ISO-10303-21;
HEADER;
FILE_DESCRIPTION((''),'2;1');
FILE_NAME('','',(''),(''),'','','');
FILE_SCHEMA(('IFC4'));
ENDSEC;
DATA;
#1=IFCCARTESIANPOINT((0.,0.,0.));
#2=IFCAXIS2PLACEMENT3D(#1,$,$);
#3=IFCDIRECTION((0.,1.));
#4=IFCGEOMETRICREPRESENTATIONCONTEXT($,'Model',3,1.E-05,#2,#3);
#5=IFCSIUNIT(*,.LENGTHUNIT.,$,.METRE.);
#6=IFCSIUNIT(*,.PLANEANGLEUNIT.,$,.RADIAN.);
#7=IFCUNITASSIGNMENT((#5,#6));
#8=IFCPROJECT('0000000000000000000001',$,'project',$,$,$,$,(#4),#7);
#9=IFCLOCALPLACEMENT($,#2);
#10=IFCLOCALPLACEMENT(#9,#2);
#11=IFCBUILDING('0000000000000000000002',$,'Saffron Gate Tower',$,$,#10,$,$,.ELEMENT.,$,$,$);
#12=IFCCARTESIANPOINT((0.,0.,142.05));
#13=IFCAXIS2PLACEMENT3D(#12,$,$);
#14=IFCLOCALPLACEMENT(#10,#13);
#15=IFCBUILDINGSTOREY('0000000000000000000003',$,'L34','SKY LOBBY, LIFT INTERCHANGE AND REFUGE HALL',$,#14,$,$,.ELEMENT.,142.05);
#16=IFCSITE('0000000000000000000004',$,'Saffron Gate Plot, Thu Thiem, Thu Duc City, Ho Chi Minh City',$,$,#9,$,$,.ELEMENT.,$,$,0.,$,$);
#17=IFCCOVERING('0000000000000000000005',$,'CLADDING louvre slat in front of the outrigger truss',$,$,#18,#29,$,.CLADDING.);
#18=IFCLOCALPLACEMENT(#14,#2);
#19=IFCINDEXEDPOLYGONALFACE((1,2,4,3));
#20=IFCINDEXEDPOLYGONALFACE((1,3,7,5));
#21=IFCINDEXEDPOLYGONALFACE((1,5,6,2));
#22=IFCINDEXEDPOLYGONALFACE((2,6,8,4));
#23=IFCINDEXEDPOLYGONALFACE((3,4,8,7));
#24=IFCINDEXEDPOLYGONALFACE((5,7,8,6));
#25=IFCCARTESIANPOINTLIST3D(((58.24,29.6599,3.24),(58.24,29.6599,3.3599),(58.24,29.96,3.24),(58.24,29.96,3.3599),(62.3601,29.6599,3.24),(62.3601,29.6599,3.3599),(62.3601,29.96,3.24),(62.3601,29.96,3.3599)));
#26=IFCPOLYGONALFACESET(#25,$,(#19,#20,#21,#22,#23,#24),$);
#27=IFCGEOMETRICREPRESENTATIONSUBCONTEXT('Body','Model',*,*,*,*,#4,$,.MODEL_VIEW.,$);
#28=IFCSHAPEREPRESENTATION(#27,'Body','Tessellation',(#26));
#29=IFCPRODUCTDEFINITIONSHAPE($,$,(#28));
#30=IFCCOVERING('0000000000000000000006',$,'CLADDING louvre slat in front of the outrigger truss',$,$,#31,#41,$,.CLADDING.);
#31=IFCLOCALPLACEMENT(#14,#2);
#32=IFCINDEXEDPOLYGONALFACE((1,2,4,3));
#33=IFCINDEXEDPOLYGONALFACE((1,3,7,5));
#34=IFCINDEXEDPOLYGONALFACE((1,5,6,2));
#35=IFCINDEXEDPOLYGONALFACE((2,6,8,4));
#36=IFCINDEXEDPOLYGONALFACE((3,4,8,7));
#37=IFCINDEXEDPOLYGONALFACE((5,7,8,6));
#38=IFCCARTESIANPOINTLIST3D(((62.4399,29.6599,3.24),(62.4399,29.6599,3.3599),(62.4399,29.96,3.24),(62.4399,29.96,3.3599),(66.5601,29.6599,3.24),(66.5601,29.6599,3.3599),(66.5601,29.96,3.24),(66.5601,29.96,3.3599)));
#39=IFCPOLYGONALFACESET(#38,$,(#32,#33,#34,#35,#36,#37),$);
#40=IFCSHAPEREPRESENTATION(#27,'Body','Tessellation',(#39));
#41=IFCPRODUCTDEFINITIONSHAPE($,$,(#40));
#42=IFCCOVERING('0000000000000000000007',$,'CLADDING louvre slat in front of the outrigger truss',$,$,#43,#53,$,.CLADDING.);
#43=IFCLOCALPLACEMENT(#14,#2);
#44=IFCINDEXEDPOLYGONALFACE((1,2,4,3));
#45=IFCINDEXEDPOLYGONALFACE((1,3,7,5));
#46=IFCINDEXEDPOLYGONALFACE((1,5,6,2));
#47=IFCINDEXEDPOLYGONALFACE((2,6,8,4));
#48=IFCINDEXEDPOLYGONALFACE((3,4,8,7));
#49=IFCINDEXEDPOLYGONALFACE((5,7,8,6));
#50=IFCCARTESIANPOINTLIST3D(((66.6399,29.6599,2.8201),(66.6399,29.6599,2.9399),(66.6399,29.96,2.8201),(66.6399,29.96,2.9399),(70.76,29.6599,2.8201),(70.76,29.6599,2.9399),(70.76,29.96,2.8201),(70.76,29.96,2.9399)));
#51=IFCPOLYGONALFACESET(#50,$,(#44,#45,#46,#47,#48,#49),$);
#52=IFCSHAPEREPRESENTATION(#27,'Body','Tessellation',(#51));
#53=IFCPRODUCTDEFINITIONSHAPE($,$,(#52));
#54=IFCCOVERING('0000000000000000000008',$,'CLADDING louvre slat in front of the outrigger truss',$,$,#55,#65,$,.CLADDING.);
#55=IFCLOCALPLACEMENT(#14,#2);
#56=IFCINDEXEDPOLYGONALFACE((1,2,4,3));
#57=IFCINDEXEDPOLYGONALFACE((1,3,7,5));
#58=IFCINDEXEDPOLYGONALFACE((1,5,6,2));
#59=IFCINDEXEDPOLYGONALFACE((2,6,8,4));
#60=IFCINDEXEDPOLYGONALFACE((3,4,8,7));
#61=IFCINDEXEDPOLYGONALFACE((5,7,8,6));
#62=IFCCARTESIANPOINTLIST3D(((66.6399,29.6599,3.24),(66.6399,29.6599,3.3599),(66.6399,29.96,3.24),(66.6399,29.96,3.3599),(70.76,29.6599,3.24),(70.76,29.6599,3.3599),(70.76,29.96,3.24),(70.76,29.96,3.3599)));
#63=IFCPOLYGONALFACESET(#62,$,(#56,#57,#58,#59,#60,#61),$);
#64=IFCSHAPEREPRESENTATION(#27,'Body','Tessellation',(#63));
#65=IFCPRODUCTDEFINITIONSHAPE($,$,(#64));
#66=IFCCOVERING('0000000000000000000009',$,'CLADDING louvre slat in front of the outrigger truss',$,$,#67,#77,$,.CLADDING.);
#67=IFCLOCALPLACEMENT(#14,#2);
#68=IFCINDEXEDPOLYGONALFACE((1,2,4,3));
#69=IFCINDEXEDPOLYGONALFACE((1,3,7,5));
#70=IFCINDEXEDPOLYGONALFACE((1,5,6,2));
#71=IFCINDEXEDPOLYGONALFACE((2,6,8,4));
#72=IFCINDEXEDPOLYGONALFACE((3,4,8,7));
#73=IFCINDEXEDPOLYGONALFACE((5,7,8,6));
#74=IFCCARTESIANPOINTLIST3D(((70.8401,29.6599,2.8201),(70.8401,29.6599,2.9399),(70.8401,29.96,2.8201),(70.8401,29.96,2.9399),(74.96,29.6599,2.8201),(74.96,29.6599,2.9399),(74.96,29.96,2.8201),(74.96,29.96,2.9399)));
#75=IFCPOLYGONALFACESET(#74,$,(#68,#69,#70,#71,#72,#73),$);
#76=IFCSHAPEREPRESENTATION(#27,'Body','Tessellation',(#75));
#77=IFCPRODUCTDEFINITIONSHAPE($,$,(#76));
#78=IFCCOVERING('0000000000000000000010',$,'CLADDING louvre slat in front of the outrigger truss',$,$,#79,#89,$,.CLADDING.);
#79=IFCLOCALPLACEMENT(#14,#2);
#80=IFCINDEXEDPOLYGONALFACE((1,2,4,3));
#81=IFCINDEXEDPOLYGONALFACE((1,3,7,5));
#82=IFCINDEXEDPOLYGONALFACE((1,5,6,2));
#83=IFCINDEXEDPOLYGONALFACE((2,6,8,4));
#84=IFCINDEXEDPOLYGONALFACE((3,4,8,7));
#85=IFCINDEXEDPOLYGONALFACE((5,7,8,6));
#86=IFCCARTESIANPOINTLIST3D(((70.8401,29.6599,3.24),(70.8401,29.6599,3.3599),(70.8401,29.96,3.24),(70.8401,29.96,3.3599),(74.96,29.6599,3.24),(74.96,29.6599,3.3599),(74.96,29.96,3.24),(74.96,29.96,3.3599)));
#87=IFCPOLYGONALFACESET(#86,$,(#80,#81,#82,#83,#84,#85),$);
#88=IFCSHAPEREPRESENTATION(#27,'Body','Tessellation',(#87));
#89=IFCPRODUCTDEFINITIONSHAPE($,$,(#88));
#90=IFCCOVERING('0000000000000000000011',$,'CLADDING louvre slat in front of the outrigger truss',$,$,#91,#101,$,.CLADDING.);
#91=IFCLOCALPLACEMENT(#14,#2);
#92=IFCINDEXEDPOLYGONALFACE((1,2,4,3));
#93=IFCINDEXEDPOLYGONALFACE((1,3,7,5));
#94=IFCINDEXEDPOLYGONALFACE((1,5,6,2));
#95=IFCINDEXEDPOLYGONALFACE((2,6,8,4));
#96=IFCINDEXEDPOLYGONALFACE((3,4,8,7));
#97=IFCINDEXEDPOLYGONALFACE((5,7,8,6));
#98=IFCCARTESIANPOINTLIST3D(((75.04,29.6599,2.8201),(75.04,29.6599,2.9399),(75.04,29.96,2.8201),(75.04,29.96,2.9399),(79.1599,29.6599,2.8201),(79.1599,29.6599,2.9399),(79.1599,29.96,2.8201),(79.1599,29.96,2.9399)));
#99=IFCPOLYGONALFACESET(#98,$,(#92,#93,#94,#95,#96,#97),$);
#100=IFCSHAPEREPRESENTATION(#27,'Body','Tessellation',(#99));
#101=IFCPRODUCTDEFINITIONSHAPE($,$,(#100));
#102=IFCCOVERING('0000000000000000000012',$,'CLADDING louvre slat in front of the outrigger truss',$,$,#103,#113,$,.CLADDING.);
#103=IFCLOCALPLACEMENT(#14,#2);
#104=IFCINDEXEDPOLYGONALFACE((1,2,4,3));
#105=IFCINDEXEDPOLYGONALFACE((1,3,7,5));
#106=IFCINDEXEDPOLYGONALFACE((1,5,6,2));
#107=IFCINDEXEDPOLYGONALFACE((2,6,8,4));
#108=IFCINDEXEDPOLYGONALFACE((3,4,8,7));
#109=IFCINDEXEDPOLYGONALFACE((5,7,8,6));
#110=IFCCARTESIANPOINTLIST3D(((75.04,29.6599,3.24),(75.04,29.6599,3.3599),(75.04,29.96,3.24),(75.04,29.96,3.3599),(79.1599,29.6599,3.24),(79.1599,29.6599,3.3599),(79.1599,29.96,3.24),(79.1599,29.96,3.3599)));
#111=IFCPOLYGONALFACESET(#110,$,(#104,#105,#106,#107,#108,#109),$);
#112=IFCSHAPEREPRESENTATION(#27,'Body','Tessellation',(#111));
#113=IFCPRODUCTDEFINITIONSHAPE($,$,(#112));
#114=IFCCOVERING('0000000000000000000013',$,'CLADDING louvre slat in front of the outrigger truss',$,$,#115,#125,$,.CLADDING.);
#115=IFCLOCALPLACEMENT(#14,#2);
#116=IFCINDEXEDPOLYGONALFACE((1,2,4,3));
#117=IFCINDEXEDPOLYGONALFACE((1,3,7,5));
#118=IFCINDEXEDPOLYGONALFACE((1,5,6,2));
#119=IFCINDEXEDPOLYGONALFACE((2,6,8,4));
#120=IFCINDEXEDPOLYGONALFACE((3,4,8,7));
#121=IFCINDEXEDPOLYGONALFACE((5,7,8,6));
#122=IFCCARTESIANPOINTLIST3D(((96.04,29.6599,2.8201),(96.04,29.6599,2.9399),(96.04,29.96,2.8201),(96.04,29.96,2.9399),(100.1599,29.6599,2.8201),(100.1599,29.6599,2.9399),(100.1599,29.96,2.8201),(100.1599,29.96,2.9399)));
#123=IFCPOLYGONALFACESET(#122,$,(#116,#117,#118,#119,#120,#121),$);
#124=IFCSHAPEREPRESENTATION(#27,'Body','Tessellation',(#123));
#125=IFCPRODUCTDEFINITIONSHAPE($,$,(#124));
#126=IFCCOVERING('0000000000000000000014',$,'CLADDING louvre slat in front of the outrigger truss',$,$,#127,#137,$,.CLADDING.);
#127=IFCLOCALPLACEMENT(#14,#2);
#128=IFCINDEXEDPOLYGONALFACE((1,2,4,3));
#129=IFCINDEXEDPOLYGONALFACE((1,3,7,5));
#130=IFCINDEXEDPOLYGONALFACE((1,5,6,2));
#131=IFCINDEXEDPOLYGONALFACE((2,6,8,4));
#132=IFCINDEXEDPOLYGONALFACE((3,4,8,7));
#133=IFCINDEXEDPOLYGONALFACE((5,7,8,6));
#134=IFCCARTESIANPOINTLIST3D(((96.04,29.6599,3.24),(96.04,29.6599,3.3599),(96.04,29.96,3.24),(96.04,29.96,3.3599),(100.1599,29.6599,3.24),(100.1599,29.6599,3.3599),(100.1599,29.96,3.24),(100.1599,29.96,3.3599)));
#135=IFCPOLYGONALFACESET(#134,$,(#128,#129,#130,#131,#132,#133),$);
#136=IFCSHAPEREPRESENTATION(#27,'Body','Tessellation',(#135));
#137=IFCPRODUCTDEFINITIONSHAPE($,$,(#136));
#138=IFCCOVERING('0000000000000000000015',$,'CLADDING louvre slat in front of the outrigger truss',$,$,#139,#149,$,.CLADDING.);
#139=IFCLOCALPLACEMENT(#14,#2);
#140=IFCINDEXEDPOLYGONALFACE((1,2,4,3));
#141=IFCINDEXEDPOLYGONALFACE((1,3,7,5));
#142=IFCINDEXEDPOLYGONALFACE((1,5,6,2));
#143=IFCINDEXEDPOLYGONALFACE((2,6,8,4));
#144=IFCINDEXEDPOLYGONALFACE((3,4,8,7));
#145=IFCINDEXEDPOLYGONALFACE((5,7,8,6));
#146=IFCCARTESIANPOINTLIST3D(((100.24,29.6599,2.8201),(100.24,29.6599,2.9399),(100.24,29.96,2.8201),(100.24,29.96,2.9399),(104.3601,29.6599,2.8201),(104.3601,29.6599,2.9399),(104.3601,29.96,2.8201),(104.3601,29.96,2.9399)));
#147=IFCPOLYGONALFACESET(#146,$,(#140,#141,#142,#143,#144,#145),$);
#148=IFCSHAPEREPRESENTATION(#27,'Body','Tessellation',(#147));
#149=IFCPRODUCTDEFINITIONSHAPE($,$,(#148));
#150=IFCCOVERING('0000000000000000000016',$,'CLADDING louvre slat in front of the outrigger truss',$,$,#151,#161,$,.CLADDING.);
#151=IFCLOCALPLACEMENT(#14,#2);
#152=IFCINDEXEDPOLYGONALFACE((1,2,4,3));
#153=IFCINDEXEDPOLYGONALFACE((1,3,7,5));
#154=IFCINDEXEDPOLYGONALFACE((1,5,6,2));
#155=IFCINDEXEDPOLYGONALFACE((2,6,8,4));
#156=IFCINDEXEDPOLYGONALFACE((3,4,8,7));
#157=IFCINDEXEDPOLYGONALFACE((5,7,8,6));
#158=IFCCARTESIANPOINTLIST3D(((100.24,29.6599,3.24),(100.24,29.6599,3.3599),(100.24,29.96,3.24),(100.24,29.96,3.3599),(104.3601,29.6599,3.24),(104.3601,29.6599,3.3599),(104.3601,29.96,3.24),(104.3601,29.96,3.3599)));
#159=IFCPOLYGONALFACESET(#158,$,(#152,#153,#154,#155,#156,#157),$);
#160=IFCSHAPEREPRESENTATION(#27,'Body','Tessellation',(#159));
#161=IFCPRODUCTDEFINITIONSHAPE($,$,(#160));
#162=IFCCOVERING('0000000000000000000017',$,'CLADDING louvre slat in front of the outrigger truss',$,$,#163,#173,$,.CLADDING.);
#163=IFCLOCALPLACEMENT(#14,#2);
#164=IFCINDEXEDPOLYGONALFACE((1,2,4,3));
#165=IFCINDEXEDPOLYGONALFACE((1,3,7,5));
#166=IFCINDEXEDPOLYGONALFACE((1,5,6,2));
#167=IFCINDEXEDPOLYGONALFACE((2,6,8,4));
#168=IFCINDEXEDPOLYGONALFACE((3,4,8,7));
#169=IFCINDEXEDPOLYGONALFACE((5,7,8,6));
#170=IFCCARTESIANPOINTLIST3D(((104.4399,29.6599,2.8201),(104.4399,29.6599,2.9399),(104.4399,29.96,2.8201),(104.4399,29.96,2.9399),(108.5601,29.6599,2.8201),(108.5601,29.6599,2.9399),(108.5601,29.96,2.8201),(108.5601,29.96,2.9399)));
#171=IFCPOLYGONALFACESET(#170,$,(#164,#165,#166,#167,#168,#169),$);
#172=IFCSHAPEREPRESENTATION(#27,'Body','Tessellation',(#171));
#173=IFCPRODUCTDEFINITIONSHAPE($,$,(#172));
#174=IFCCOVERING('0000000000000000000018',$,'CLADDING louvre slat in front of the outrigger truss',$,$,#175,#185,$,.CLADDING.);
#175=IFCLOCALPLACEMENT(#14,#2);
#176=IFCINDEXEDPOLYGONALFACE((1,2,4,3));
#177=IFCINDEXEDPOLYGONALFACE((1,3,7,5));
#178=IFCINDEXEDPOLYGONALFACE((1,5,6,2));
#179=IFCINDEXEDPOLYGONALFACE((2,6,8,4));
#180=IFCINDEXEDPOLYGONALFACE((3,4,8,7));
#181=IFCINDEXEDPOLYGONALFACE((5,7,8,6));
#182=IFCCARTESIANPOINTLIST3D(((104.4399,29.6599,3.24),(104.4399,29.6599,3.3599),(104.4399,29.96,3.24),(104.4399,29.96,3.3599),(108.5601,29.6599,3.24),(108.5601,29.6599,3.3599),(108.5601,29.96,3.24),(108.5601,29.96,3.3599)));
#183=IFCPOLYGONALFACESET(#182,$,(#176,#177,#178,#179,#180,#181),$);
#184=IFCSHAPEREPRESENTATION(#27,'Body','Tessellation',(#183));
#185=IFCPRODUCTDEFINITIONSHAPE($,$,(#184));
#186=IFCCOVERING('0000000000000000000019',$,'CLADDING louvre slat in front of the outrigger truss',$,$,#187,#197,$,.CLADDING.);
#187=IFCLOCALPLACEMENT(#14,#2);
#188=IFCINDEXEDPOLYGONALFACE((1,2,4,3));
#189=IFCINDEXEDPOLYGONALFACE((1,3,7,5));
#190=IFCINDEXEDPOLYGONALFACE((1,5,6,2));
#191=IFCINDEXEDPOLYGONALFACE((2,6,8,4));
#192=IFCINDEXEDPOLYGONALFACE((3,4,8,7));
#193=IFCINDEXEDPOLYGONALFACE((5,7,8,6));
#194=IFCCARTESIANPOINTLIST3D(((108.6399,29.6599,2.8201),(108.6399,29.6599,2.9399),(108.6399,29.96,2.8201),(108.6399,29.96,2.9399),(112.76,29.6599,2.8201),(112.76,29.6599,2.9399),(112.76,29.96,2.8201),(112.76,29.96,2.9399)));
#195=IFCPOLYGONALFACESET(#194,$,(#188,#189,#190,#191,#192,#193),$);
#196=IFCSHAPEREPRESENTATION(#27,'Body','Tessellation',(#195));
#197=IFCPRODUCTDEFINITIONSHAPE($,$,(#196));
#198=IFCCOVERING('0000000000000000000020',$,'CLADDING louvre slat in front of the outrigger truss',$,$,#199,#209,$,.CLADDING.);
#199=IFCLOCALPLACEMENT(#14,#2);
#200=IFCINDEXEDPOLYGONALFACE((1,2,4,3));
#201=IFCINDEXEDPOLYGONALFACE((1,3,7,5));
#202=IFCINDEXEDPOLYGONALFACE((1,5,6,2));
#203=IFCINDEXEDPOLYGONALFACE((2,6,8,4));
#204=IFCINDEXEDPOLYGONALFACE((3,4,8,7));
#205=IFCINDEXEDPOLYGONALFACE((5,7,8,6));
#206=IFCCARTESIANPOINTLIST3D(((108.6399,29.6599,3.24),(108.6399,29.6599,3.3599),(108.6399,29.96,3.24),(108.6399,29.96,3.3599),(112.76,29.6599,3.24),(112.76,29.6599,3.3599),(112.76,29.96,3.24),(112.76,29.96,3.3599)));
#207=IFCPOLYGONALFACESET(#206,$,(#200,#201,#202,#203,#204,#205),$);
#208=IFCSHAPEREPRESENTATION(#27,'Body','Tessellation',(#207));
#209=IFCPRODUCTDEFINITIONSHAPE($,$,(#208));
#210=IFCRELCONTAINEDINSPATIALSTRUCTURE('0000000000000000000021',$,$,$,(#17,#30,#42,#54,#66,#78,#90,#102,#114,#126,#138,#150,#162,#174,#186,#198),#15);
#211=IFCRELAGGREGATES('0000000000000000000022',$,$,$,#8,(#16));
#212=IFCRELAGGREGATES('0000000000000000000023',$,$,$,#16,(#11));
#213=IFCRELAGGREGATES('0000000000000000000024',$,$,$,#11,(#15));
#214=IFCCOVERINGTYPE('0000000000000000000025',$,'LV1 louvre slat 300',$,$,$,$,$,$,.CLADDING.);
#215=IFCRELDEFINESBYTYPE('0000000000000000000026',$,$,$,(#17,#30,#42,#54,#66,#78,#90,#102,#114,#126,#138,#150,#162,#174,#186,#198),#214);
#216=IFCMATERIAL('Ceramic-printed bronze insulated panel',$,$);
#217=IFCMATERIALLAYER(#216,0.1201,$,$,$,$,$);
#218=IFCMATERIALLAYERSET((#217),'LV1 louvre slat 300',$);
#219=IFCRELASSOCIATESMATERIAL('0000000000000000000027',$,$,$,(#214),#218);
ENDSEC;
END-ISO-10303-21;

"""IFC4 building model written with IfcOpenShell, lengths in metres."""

from ifc_helpers import new_model, si_unit, direction, frame, origin, place, context, subcontext, project, spatial, polyline, outline, extrude, material, layer, layer_set, type_object, element, save


model = new_model("IFC4")

# Units and contexts
model_context = context("Model", 3, precision=1e-05, world=origin(), true_north=direction((0.0, 1.0)))
body_context = subcontext(model_context, "Body", "Model", "MODEL_VIEW")
ifc_project = project(units=[si_unit("LENGTHUNIT", "METRE"), si_unit("PLANEANGLEUNIT", "RADIAN")], contexts=[model_context])

# Site, building, storey
site_placement = place(None, origin())
site = spatial("IfcSite", under=ifc_project, at=site_placement, Name="Saffron Gate Plot, Thu Thiem, Thu Duc City, Ho Chi Minh City", CompositionType="ELEMENT", RefElevation=0.0)
building_placement = place(site_placement, origin())
building = spatial("IfcBuilding", under=site, at=building_placement, Name="Saffron Gate Tower", CompositionType="ELEMENT")
storey_placement = place(building_placement, frame((0.0, 0.0, 142.05)))
storey = spatial("IfcBuildingStorey", under=building, at=storey_placement, Name="L34", Description="SKY LOBBY, LIFT INTERCHANGE AND REFUGE HALL", CompositionType="ELEMENT", Elevation=142.05)

# Coverings
ifc_material = material(Name="Ceramic-printed bronze insulated panel")
ifc_layer = layer(ifc_material, 0.1201)
ifc_layer_set = layer_set([ifc_layer], Name="LV1 louvre slat 300")
covering_type = type_object("IfcCoveringType", Name="LV1 louvre slat 300", PredefinedType="CLADDING", material=ifc_layer_set)
covering_1_placement = place(storey_placement, frame((0.0, 0.0, 3.24)))
element("IfcCovering", 1, at=covering_1_placement, inside=storey, type_object=covering_type, Name="CLADDING louvre slat in front of the outrigger truss", PredefinedType="CLADDING", context=body_context, shape_type="SweptSolid", body=[
    extrude(outline(polyline([(58.24, 29.6599), (62.3601, 29.6599), (62.3601, 29.96), (58.24, 29.96), (58.24, 29.6599)])), origin(), (0.0, 0.0, 1.0), 0.1199),
])
covering_2_placement = place(storey_placement, frame((0.0, 0.0, 3.24)))
element("IfcCovering", 2, at=covering_2_placement, inside=storey, type_object=covering_type, Name="CLADDING louvre slat in front of the outrigger truss", PredefinedType="CLADDING", context=body_context, shape_type="SweptSolid", body=[
    extrude(outline(polyline([(62.4399, 29.6599), (66.5601, 29.6599), (66.5601, 29.96), (62.4399, 29.96), (62.4399, 29.6599)])), origin(), (0.0, 0.0, 1.0), 0.1199),
])
for number, where, name in (
    (3, (0.0, 0.0, 2.8201), "CLADDING louvre slat in front of the outrigger truss"),
    (4, (0.0, 0.0, 3.24), "CLADDING louvre slat in front of the outrigger truss"),
):
    element("IfcCovering", number, at=place(storey_placement, frame(where)), inside=storey, type_object=covering_type, Name=name, PredefinedType="CLADDING", context=body_context, shape_type="SweptSolid", body=[
        extrude(outline(polyline([(66.6399, 29.6599), (70.76, 29.6599), (70.76, 29.96), (66.6399, 29.96), (66.6399, 29.6599)])), origin(), (0.0, 0.0, 1.0), 0.1199),
    ])
for number, where, name in (
    (5, (0.0, 0.0, 2.8201), "CLADDING louvre slat in front of the outrigger truss"),
    (6, (0.0, 0.0, 3.24), "CLADDING louvre slat in front of the outrigger truss"),
):
    element("IfcCovering", number, at=place(storey_placement, frame(where)), inside=storey, type_object=covering_type, Name=name, PredefinedType="CLADDING", context=body_context, shape_type="SweptSolid", body=[
        extrude(outline(polyline([(70.8401, 29.6599), (74.96, 29.6599), (74.96, 29.96), (70.8401, 29.96), (70.8401, 29.6599)])), origin(), (0.0, 0.0, 1.0), 0.1199),
    ])
for number, where, name in (
    (7, (0.0, 0.0, 2.8201), "CLADDING louvre slat in front of the outrigger truss"),
    (8, (0.0, 0.0, 3.24), "CLADDING louvre slat in front of the outrigger truss"),
):
    element("IfcCovering", number, at=place(storey_placement, frame(where)), inside=storey, type_object=covering_type, Name=name, PredefinedType="CLADDING", context=body_context, shape_type="SweptSolid", body=[
        extrude(outline(polyline([(75.04, 29.6599), (79.1599, 29.6599), (79.1599, 29.96), (75.04, 29.96), (75.04, 29.6599)])), origin(), (0.0, 0.0, 1.0), 0.1199),
    ])
for number, where, name in (
    (9, (0.0, 0.0, 2.8201), "CLADDING louvre slat in front of the outrigger truss"),
    (10, (0.0, 0.0, 3.24), "CLADDING louvre slat in front of the outrigger truss"),
):
    element("IfcCovering", number, at=place(storey_placement, frame(where)), inside=storey, type_object=covering_type, Name=name, PredefinedType="CLADDING", context=body_context, shape_type="SweptSolid", body=[
        extrude(outline(polyline([(96.04, 29.6599), (100.1599, 29.6599), (100.1599, 29.96), (96.04, 29.96), (96.04, 29.6599)])), origin(), (0.0, 0.0, 1.0), 0.1199),
    ])
for number, where, name in (
    (11, (0.0, 0.0, 2.8201), "CLADDING louvre slat in front of the outrigger truss"),
    (12, (0.0, 0.0, 3.24), "CLADDING louvre slat in front of the outrigger truss"),
):
    element("IfcCovering", number, at=place(storey_placement, frame(where)), inside=storey, type_object=covering_type, Name=name, PredefinedType="CLADDING", context=body_context, shape_type="SweptSolid", body=[
        extrude(outline(polyline([(100.24, 29.6599), (104.3601, 29.6599), (104.3601, 29.96), (100.24, 29.96), (100.24, 29.6599)])), origin(), (0.0, 0.0, 1.0), 0.1199),
    ])
for number, where, name in (
    (13, (0.0, 0.0, 2.8201), "CLADDING louvre slat in front of the outrigger truss"),
    (14, (0.0, 0.0, 3.24), "CLADDING louvre slat in front of the outrigger truss"),
):
    element("IfcCovering", number, at=place(storey_placement, frame(where)), inside=storey, type_object=covering_type, Name=name, PredefinedType="CLADDING", context=body_context, shape_type="SweptSolid", body=[
        extrude(outline(polyline([(104.4399, 29.6599), (108.5601, 29.6599), (108.5601, 29.96), (104.4399, 29.96), (104.4399, 29.6599)])), origin(), (0.0, 0.0, 1.0), 0.1199),
    ])
for number, where, name in (
    (15, (0.0, 0.0, 2.8201), "CLADDING louvre slat in front of the outrigger truss"),
    (16, (0.0, 0.0, 3.24), "CLADDING louvre slat in front of the outrigger truss"),
):
    element("IfcCovering", number, at=place(storey_placement, frame(where)), inside=storey, type_object=covering_type, Name=name, PredefinedType="CLADDING", context=body_context, shape_type="SweptSolid", body=[
        extrude(outline(polyline([(108.6399, 29.6599), (112.76, 29.6599), (112.76, 29.96), (108.6399, 29.96), (108.6399, 29.6599)])), origin(), (0.0, 0.0, 1.0), 0.1199),
    ])

save(model, "model.ifc")
